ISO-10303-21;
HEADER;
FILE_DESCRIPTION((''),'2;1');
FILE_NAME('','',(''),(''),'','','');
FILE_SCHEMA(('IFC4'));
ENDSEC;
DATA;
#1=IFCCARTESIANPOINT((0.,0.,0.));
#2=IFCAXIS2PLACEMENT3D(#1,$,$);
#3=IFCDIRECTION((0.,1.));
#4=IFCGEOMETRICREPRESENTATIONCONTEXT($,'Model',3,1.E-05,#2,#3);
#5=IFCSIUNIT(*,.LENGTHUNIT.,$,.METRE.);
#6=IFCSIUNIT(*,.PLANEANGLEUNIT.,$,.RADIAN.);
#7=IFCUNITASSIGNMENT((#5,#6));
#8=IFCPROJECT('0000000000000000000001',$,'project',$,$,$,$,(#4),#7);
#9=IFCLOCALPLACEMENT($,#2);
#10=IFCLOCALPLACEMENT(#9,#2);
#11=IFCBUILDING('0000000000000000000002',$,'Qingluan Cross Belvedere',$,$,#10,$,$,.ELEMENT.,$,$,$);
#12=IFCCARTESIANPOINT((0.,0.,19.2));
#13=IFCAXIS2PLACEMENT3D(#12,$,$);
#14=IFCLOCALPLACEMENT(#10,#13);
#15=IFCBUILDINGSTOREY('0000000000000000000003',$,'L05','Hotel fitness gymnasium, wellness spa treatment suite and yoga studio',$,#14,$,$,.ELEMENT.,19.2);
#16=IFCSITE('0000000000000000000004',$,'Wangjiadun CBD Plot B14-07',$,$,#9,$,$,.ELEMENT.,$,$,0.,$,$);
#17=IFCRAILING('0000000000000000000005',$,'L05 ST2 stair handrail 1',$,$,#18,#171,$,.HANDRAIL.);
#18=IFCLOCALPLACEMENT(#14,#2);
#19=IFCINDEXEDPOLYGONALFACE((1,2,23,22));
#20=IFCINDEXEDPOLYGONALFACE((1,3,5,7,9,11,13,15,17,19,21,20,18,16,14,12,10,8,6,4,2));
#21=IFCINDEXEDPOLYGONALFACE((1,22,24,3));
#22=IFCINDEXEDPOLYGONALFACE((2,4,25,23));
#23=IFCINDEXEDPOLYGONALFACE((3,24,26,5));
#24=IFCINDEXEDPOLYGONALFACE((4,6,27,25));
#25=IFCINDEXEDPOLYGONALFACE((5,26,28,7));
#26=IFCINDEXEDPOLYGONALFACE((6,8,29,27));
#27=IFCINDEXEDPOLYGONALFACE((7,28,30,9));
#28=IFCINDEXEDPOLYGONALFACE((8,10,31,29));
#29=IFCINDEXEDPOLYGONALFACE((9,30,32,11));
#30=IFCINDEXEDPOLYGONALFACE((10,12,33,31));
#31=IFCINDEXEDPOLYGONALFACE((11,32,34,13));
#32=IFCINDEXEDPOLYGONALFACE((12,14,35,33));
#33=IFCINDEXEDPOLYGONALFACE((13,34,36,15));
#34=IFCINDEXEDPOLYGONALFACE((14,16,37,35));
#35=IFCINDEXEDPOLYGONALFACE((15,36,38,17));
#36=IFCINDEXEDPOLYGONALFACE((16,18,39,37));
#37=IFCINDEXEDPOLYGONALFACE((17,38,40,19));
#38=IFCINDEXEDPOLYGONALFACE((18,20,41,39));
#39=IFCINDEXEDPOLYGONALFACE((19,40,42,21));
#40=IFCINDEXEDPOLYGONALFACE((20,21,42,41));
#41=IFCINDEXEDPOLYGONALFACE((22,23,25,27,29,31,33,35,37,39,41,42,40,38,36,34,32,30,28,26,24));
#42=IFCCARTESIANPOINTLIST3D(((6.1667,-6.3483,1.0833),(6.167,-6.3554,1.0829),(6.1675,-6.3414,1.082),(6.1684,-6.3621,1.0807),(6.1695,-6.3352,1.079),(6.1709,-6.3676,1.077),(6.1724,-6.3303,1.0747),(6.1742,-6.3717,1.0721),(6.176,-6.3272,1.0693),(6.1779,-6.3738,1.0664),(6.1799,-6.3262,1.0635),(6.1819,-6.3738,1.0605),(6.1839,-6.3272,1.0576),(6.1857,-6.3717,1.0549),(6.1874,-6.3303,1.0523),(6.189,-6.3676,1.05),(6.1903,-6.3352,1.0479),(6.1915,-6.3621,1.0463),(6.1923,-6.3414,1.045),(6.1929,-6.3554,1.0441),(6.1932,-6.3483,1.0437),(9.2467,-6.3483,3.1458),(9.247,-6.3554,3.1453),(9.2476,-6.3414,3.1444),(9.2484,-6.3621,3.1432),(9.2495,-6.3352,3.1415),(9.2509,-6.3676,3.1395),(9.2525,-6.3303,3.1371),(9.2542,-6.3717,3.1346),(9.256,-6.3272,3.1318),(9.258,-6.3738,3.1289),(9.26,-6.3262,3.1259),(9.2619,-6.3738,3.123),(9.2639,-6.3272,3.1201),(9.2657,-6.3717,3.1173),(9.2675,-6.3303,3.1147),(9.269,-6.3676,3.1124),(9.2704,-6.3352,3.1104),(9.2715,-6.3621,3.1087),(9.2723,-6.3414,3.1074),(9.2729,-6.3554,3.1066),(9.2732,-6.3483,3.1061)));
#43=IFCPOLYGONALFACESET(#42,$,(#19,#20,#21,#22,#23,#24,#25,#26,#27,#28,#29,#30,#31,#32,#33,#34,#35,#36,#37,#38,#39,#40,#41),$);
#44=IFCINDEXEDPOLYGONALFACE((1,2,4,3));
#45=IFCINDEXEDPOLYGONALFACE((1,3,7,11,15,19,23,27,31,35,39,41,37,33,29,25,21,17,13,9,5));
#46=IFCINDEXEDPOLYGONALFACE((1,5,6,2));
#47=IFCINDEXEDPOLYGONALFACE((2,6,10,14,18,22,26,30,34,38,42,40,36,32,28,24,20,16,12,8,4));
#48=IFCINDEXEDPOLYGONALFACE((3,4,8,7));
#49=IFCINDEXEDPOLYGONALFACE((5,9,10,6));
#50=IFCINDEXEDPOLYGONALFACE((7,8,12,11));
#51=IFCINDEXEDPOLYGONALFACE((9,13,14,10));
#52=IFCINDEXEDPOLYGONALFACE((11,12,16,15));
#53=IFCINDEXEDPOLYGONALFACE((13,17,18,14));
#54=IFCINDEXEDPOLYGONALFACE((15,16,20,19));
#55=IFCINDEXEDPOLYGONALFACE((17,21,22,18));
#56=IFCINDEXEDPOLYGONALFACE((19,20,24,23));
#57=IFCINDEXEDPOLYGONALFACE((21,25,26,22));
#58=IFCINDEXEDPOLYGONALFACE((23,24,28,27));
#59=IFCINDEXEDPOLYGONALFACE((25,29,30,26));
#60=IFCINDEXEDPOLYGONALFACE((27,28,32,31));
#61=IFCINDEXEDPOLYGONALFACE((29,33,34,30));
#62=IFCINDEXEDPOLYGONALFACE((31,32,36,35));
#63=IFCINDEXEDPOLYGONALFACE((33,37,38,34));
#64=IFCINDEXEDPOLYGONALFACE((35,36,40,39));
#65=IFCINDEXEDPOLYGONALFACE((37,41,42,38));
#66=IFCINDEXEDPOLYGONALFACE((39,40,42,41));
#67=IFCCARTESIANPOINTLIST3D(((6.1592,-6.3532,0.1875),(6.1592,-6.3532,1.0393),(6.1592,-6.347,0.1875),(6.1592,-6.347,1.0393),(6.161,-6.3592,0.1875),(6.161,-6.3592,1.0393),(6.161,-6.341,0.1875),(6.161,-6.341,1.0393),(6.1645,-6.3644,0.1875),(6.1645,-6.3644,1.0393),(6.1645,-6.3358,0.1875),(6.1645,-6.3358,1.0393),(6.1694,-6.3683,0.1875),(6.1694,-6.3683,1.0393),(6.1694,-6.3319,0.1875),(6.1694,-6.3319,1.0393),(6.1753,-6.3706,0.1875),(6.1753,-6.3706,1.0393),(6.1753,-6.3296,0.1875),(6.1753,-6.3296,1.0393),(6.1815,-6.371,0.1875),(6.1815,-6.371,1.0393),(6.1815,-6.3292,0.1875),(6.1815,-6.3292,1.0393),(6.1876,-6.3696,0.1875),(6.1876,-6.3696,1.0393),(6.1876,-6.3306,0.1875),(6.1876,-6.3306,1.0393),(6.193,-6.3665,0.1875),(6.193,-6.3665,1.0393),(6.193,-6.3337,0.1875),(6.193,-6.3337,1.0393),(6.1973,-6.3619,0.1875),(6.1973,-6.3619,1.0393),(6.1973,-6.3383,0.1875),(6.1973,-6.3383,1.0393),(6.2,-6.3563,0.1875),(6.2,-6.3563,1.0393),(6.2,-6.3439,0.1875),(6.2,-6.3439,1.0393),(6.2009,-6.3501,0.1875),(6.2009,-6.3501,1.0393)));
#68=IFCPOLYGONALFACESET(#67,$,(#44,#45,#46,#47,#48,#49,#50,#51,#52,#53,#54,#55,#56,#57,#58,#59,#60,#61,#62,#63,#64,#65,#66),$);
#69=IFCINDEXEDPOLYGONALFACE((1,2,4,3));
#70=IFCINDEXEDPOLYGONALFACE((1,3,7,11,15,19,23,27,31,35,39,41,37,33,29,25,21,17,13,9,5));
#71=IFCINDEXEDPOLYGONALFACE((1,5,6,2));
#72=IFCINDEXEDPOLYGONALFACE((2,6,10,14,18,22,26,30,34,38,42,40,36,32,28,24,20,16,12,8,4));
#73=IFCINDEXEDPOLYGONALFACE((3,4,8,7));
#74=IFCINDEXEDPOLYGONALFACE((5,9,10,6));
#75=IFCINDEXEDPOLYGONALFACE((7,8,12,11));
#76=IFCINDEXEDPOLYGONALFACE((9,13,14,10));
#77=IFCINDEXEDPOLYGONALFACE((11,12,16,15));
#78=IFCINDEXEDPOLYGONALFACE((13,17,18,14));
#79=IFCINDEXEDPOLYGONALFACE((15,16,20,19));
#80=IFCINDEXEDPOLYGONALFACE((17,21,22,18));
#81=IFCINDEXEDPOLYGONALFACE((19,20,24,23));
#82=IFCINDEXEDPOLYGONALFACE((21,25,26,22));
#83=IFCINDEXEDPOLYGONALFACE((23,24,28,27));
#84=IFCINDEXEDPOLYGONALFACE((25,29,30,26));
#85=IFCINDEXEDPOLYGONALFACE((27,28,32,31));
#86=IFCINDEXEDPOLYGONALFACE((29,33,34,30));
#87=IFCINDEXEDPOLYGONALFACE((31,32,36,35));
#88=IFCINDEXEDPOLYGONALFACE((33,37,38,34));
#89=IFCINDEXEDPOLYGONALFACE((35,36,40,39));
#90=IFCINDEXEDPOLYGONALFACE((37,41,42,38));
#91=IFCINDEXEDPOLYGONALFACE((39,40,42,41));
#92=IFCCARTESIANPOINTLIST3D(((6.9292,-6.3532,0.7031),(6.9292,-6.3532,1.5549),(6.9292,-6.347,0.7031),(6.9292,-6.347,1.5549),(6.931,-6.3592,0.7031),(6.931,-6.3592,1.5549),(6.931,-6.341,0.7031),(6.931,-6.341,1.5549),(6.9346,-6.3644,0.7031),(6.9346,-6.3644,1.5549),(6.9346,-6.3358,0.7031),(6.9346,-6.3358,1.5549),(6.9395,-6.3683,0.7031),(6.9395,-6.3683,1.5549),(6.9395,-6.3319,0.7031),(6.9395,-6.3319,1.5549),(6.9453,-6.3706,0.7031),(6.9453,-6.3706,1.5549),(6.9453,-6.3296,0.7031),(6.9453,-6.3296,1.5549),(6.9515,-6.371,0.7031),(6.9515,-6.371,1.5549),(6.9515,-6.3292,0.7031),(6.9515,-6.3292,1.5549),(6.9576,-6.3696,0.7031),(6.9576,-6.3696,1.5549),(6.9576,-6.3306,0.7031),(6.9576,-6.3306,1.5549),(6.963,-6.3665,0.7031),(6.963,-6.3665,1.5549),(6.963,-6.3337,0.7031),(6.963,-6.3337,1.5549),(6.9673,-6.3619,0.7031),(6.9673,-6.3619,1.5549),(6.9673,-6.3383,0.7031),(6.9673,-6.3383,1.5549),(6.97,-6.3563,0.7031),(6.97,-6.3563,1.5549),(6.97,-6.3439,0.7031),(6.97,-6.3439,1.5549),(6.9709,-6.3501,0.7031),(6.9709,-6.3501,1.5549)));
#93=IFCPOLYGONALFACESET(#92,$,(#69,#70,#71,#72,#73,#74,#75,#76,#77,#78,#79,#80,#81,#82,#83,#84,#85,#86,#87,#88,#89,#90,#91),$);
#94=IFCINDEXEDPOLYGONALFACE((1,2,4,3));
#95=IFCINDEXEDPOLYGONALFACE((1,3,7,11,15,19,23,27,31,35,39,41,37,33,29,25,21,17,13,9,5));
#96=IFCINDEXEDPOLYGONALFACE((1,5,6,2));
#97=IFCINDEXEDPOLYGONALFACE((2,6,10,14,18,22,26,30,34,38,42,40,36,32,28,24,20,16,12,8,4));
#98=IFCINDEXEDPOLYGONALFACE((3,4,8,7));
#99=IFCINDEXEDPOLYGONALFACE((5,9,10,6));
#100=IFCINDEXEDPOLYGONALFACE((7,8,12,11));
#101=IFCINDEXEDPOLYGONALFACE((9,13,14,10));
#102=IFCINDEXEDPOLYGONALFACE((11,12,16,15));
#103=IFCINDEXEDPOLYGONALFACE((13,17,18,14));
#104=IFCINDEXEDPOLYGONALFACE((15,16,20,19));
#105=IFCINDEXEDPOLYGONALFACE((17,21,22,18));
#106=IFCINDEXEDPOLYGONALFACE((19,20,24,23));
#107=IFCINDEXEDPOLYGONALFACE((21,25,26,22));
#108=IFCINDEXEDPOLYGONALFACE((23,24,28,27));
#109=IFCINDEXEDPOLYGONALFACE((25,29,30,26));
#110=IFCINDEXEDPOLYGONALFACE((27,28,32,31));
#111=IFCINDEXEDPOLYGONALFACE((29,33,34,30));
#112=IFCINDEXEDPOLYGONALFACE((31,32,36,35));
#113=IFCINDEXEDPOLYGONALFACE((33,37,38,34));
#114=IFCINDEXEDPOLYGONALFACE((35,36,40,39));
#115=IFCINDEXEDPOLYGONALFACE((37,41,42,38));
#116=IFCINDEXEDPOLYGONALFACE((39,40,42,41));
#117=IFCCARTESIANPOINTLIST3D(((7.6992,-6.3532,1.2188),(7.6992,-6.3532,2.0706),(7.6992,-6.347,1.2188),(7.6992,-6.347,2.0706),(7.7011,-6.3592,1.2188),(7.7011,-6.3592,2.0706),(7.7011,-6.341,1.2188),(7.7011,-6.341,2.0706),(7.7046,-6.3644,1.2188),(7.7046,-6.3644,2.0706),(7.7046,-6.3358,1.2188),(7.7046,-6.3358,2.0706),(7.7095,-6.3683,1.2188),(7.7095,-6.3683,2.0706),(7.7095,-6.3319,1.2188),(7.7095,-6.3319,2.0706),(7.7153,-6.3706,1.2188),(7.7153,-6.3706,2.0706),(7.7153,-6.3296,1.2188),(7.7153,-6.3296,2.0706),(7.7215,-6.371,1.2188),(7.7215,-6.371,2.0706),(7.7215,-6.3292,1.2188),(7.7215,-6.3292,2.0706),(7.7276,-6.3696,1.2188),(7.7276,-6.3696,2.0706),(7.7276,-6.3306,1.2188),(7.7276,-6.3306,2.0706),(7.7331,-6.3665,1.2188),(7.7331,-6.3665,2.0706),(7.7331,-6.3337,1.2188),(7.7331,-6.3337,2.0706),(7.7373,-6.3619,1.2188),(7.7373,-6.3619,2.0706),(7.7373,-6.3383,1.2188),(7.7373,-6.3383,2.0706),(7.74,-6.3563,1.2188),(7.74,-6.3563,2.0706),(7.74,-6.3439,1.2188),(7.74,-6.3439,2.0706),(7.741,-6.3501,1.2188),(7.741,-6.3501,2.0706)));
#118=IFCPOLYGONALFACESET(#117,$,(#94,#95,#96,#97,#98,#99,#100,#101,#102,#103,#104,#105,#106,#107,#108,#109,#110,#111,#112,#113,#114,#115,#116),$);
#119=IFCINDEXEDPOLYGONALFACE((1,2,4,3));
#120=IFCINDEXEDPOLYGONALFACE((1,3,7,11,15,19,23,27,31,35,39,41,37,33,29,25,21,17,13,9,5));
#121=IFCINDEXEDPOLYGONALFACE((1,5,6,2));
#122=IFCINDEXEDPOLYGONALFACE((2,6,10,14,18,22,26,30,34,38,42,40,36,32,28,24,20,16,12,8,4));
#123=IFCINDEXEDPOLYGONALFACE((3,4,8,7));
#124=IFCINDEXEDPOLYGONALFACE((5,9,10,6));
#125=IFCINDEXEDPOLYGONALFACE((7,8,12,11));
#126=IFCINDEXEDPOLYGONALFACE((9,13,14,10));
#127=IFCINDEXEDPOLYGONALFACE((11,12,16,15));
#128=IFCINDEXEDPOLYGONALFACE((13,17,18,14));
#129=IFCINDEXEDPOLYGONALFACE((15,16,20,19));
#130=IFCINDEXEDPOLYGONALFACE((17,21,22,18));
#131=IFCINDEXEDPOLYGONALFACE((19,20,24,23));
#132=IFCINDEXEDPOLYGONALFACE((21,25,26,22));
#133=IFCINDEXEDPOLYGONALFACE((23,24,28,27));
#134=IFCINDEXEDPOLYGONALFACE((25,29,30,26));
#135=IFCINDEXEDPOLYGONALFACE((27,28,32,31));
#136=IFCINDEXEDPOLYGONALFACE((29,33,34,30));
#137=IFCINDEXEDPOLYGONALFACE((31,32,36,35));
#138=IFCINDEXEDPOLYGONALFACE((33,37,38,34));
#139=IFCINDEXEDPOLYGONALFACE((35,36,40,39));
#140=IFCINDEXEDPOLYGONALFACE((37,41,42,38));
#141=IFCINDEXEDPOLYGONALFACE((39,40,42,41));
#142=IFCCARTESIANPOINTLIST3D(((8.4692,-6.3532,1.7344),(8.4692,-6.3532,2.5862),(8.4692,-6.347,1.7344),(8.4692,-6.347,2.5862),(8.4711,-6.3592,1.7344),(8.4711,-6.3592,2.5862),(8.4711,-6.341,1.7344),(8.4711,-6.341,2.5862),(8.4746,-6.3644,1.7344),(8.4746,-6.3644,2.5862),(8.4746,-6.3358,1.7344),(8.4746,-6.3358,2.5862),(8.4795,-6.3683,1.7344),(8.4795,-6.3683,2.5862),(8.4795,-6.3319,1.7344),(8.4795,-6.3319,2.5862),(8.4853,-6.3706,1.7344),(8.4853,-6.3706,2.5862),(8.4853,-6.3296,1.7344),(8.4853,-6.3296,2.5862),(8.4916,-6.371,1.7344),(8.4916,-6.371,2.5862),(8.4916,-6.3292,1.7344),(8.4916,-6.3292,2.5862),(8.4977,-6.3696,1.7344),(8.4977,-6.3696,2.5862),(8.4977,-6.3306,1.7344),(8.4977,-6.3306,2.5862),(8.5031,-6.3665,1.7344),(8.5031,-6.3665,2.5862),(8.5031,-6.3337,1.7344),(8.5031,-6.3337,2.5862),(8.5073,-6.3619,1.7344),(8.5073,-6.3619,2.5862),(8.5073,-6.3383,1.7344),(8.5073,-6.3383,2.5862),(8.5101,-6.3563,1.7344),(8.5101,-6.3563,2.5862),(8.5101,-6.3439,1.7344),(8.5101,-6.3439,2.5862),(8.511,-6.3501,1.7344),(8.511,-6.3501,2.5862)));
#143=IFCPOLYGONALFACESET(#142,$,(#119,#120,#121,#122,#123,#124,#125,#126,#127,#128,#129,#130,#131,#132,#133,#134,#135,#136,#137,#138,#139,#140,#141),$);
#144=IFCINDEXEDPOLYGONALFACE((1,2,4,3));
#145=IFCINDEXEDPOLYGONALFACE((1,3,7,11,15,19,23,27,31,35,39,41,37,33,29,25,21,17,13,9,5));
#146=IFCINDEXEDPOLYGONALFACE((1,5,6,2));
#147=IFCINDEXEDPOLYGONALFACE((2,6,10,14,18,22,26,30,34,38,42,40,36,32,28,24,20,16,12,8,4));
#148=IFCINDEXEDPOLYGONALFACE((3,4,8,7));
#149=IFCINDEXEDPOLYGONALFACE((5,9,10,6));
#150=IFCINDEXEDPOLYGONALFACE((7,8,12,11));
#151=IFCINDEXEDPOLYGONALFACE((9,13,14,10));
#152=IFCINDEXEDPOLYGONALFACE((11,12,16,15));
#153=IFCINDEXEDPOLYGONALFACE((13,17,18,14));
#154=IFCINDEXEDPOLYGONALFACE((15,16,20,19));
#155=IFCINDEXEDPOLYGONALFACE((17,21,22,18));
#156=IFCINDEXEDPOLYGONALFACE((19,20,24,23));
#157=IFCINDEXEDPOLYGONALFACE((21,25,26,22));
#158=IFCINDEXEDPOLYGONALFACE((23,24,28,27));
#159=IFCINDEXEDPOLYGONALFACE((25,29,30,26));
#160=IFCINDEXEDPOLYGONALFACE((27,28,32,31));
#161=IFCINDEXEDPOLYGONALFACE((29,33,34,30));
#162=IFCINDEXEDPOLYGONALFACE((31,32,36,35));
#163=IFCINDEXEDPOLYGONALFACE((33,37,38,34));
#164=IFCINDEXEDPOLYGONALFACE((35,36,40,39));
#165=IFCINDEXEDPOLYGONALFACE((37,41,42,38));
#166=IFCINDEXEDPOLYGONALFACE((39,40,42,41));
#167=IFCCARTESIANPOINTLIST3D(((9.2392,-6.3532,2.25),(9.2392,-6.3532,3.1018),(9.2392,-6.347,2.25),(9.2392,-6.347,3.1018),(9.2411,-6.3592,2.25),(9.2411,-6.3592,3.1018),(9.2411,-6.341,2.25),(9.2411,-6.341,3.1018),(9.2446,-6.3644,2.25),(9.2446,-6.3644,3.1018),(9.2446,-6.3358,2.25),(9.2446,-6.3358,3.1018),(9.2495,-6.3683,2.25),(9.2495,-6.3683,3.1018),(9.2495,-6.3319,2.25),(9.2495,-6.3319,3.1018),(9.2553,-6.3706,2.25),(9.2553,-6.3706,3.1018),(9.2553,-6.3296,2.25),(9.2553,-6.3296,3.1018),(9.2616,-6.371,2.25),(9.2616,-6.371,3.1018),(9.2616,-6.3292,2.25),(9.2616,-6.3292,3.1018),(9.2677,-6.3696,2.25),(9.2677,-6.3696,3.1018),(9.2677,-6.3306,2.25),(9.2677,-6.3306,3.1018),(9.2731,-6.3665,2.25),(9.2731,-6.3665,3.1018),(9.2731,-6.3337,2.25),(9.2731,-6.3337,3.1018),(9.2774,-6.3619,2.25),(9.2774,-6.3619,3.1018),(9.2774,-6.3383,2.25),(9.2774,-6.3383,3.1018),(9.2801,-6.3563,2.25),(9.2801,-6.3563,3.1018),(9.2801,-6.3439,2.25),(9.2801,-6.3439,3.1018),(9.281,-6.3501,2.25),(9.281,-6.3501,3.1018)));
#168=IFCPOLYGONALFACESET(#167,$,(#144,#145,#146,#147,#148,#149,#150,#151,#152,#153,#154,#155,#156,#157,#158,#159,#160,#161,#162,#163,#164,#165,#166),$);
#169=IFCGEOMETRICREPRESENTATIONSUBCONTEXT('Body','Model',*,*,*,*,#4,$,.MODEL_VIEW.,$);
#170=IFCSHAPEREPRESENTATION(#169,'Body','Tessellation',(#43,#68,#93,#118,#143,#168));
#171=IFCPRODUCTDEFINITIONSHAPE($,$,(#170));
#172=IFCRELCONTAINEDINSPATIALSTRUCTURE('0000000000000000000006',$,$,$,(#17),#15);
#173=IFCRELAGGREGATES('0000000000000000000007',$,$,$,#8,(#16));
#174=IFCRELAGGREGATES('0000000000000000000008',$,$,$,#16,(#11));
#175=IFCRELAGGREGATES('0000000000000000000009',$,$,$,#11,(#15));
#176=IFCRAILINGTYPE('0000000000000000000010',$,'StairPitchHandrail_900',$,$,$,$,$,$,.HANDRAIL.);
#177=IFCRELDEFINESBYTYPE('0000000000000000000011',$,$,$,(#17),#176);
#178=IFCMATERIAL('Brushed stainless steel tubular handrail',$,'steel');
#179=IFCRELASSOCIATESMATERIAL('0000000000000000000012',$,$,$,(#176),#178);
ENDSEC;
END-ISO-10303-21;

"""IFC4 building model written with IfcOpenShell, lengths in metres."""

from ifc_helpers import new_model, si_unit, direction, frame, origin, origin_2d, place, context, subcontext, project, spatial, circle, extrude, material, type_object, element, save


model = new_model("IFC4")

# Units and contexts
model_context = context("Model", 3, precision=1e-05, world=origin(), true_north=direction((0.0, 1.0)))
body_context = subcontext(model_context, "Body", "Model", "MODEL_VIEW")
ifc_project = project(units=[si_unit("LENGTHUNIT", "METRE"), si_unit("PLANEANGLEUNIT", "RADIAN")], contexts=[model_context])

# Site, building, storey
site_placement = place(None, origin())
site = spatial("IfcSite", under=ifc_project, at=site_placement, Name="Wangjiadun CBD Plot B14-07", CompositionType="ELEMENT", RefElevation=0.0)
building_placement = place(site_placement, origin())
building = spatial("IfcBuilding", under=site, at=building_placement, Name="Qingluan Cross Belvedere", CompositionType="ELEMENT")
storey_placement = place(building_placement, frame((0.0, 0.0, 19.2)))
storey = spatial("IfcBuildingStorey", under=building, at=storey_placement, Name="L05", Description="Hotel fitness gymnasium, wellness spa treatment suite and yoga studio", CompositionType="ELEMENT", Elevation=19.2)

# Railing
ifc_material_1 = material(Name="Brushed stainless steel tubular handrail", Category="steel")
railing_type_1 = type_object("IfcRailingType", Name="StairPitchHandrail_900", PredefinedType="HANDRAIL", material=ifc_material_1)
for number, where, name in (
    (1, (6.1799, -6.3501, 0.1875), "L05 ST2 stair handrail 1"),
):
    element("IfcRailing", number, at=place(storey_placement, frame(where)), inside=storey, type_object=railing_type_1, Name=name, PredefinedType="HANDRAIL", context=body_context, shape_type="SweptSolid", body=[
        extrude(circle(Radius=0.0239, at=origin_2d()), frame((0.0, 0.0, 0.876), z_axis=(0.830914, 0.0, 0.556401), x_axis=(0.0, 1.0, 0.0)), (0.0, 0.0, 1.0), 3.7068),
        extrude(circle(Radius=0.021, at=origin_2d()), origin(), (0.0, 0.0, 1.0), 0.8518),
        extrude(circle(Radius=0.021, at=origin_2d()), frame((0.77, 0.0, 0.5156)), (0.0, 0.0, 1.0), 0.8518),
        extrude(circle(Radius=0.021, at=origin_2d()), frame((1.54, 0.0, 1.0312)), (0.0, 0.0, 1.0), 0.8518),
        extrude(circle(Radius=0.021, at=origin_2d()), frame((2.3101, 0.0, 1.5469)), (0.0, 0.0, 1.0), 0.8518),
        extrude(circle(Radius=0.021, at=origin_2d()), frame((3.0801, 0.0, 2.0625)), (0.0, 0.0, 1.0), 0.8518),
    ])

save(model, "model.ifc")
